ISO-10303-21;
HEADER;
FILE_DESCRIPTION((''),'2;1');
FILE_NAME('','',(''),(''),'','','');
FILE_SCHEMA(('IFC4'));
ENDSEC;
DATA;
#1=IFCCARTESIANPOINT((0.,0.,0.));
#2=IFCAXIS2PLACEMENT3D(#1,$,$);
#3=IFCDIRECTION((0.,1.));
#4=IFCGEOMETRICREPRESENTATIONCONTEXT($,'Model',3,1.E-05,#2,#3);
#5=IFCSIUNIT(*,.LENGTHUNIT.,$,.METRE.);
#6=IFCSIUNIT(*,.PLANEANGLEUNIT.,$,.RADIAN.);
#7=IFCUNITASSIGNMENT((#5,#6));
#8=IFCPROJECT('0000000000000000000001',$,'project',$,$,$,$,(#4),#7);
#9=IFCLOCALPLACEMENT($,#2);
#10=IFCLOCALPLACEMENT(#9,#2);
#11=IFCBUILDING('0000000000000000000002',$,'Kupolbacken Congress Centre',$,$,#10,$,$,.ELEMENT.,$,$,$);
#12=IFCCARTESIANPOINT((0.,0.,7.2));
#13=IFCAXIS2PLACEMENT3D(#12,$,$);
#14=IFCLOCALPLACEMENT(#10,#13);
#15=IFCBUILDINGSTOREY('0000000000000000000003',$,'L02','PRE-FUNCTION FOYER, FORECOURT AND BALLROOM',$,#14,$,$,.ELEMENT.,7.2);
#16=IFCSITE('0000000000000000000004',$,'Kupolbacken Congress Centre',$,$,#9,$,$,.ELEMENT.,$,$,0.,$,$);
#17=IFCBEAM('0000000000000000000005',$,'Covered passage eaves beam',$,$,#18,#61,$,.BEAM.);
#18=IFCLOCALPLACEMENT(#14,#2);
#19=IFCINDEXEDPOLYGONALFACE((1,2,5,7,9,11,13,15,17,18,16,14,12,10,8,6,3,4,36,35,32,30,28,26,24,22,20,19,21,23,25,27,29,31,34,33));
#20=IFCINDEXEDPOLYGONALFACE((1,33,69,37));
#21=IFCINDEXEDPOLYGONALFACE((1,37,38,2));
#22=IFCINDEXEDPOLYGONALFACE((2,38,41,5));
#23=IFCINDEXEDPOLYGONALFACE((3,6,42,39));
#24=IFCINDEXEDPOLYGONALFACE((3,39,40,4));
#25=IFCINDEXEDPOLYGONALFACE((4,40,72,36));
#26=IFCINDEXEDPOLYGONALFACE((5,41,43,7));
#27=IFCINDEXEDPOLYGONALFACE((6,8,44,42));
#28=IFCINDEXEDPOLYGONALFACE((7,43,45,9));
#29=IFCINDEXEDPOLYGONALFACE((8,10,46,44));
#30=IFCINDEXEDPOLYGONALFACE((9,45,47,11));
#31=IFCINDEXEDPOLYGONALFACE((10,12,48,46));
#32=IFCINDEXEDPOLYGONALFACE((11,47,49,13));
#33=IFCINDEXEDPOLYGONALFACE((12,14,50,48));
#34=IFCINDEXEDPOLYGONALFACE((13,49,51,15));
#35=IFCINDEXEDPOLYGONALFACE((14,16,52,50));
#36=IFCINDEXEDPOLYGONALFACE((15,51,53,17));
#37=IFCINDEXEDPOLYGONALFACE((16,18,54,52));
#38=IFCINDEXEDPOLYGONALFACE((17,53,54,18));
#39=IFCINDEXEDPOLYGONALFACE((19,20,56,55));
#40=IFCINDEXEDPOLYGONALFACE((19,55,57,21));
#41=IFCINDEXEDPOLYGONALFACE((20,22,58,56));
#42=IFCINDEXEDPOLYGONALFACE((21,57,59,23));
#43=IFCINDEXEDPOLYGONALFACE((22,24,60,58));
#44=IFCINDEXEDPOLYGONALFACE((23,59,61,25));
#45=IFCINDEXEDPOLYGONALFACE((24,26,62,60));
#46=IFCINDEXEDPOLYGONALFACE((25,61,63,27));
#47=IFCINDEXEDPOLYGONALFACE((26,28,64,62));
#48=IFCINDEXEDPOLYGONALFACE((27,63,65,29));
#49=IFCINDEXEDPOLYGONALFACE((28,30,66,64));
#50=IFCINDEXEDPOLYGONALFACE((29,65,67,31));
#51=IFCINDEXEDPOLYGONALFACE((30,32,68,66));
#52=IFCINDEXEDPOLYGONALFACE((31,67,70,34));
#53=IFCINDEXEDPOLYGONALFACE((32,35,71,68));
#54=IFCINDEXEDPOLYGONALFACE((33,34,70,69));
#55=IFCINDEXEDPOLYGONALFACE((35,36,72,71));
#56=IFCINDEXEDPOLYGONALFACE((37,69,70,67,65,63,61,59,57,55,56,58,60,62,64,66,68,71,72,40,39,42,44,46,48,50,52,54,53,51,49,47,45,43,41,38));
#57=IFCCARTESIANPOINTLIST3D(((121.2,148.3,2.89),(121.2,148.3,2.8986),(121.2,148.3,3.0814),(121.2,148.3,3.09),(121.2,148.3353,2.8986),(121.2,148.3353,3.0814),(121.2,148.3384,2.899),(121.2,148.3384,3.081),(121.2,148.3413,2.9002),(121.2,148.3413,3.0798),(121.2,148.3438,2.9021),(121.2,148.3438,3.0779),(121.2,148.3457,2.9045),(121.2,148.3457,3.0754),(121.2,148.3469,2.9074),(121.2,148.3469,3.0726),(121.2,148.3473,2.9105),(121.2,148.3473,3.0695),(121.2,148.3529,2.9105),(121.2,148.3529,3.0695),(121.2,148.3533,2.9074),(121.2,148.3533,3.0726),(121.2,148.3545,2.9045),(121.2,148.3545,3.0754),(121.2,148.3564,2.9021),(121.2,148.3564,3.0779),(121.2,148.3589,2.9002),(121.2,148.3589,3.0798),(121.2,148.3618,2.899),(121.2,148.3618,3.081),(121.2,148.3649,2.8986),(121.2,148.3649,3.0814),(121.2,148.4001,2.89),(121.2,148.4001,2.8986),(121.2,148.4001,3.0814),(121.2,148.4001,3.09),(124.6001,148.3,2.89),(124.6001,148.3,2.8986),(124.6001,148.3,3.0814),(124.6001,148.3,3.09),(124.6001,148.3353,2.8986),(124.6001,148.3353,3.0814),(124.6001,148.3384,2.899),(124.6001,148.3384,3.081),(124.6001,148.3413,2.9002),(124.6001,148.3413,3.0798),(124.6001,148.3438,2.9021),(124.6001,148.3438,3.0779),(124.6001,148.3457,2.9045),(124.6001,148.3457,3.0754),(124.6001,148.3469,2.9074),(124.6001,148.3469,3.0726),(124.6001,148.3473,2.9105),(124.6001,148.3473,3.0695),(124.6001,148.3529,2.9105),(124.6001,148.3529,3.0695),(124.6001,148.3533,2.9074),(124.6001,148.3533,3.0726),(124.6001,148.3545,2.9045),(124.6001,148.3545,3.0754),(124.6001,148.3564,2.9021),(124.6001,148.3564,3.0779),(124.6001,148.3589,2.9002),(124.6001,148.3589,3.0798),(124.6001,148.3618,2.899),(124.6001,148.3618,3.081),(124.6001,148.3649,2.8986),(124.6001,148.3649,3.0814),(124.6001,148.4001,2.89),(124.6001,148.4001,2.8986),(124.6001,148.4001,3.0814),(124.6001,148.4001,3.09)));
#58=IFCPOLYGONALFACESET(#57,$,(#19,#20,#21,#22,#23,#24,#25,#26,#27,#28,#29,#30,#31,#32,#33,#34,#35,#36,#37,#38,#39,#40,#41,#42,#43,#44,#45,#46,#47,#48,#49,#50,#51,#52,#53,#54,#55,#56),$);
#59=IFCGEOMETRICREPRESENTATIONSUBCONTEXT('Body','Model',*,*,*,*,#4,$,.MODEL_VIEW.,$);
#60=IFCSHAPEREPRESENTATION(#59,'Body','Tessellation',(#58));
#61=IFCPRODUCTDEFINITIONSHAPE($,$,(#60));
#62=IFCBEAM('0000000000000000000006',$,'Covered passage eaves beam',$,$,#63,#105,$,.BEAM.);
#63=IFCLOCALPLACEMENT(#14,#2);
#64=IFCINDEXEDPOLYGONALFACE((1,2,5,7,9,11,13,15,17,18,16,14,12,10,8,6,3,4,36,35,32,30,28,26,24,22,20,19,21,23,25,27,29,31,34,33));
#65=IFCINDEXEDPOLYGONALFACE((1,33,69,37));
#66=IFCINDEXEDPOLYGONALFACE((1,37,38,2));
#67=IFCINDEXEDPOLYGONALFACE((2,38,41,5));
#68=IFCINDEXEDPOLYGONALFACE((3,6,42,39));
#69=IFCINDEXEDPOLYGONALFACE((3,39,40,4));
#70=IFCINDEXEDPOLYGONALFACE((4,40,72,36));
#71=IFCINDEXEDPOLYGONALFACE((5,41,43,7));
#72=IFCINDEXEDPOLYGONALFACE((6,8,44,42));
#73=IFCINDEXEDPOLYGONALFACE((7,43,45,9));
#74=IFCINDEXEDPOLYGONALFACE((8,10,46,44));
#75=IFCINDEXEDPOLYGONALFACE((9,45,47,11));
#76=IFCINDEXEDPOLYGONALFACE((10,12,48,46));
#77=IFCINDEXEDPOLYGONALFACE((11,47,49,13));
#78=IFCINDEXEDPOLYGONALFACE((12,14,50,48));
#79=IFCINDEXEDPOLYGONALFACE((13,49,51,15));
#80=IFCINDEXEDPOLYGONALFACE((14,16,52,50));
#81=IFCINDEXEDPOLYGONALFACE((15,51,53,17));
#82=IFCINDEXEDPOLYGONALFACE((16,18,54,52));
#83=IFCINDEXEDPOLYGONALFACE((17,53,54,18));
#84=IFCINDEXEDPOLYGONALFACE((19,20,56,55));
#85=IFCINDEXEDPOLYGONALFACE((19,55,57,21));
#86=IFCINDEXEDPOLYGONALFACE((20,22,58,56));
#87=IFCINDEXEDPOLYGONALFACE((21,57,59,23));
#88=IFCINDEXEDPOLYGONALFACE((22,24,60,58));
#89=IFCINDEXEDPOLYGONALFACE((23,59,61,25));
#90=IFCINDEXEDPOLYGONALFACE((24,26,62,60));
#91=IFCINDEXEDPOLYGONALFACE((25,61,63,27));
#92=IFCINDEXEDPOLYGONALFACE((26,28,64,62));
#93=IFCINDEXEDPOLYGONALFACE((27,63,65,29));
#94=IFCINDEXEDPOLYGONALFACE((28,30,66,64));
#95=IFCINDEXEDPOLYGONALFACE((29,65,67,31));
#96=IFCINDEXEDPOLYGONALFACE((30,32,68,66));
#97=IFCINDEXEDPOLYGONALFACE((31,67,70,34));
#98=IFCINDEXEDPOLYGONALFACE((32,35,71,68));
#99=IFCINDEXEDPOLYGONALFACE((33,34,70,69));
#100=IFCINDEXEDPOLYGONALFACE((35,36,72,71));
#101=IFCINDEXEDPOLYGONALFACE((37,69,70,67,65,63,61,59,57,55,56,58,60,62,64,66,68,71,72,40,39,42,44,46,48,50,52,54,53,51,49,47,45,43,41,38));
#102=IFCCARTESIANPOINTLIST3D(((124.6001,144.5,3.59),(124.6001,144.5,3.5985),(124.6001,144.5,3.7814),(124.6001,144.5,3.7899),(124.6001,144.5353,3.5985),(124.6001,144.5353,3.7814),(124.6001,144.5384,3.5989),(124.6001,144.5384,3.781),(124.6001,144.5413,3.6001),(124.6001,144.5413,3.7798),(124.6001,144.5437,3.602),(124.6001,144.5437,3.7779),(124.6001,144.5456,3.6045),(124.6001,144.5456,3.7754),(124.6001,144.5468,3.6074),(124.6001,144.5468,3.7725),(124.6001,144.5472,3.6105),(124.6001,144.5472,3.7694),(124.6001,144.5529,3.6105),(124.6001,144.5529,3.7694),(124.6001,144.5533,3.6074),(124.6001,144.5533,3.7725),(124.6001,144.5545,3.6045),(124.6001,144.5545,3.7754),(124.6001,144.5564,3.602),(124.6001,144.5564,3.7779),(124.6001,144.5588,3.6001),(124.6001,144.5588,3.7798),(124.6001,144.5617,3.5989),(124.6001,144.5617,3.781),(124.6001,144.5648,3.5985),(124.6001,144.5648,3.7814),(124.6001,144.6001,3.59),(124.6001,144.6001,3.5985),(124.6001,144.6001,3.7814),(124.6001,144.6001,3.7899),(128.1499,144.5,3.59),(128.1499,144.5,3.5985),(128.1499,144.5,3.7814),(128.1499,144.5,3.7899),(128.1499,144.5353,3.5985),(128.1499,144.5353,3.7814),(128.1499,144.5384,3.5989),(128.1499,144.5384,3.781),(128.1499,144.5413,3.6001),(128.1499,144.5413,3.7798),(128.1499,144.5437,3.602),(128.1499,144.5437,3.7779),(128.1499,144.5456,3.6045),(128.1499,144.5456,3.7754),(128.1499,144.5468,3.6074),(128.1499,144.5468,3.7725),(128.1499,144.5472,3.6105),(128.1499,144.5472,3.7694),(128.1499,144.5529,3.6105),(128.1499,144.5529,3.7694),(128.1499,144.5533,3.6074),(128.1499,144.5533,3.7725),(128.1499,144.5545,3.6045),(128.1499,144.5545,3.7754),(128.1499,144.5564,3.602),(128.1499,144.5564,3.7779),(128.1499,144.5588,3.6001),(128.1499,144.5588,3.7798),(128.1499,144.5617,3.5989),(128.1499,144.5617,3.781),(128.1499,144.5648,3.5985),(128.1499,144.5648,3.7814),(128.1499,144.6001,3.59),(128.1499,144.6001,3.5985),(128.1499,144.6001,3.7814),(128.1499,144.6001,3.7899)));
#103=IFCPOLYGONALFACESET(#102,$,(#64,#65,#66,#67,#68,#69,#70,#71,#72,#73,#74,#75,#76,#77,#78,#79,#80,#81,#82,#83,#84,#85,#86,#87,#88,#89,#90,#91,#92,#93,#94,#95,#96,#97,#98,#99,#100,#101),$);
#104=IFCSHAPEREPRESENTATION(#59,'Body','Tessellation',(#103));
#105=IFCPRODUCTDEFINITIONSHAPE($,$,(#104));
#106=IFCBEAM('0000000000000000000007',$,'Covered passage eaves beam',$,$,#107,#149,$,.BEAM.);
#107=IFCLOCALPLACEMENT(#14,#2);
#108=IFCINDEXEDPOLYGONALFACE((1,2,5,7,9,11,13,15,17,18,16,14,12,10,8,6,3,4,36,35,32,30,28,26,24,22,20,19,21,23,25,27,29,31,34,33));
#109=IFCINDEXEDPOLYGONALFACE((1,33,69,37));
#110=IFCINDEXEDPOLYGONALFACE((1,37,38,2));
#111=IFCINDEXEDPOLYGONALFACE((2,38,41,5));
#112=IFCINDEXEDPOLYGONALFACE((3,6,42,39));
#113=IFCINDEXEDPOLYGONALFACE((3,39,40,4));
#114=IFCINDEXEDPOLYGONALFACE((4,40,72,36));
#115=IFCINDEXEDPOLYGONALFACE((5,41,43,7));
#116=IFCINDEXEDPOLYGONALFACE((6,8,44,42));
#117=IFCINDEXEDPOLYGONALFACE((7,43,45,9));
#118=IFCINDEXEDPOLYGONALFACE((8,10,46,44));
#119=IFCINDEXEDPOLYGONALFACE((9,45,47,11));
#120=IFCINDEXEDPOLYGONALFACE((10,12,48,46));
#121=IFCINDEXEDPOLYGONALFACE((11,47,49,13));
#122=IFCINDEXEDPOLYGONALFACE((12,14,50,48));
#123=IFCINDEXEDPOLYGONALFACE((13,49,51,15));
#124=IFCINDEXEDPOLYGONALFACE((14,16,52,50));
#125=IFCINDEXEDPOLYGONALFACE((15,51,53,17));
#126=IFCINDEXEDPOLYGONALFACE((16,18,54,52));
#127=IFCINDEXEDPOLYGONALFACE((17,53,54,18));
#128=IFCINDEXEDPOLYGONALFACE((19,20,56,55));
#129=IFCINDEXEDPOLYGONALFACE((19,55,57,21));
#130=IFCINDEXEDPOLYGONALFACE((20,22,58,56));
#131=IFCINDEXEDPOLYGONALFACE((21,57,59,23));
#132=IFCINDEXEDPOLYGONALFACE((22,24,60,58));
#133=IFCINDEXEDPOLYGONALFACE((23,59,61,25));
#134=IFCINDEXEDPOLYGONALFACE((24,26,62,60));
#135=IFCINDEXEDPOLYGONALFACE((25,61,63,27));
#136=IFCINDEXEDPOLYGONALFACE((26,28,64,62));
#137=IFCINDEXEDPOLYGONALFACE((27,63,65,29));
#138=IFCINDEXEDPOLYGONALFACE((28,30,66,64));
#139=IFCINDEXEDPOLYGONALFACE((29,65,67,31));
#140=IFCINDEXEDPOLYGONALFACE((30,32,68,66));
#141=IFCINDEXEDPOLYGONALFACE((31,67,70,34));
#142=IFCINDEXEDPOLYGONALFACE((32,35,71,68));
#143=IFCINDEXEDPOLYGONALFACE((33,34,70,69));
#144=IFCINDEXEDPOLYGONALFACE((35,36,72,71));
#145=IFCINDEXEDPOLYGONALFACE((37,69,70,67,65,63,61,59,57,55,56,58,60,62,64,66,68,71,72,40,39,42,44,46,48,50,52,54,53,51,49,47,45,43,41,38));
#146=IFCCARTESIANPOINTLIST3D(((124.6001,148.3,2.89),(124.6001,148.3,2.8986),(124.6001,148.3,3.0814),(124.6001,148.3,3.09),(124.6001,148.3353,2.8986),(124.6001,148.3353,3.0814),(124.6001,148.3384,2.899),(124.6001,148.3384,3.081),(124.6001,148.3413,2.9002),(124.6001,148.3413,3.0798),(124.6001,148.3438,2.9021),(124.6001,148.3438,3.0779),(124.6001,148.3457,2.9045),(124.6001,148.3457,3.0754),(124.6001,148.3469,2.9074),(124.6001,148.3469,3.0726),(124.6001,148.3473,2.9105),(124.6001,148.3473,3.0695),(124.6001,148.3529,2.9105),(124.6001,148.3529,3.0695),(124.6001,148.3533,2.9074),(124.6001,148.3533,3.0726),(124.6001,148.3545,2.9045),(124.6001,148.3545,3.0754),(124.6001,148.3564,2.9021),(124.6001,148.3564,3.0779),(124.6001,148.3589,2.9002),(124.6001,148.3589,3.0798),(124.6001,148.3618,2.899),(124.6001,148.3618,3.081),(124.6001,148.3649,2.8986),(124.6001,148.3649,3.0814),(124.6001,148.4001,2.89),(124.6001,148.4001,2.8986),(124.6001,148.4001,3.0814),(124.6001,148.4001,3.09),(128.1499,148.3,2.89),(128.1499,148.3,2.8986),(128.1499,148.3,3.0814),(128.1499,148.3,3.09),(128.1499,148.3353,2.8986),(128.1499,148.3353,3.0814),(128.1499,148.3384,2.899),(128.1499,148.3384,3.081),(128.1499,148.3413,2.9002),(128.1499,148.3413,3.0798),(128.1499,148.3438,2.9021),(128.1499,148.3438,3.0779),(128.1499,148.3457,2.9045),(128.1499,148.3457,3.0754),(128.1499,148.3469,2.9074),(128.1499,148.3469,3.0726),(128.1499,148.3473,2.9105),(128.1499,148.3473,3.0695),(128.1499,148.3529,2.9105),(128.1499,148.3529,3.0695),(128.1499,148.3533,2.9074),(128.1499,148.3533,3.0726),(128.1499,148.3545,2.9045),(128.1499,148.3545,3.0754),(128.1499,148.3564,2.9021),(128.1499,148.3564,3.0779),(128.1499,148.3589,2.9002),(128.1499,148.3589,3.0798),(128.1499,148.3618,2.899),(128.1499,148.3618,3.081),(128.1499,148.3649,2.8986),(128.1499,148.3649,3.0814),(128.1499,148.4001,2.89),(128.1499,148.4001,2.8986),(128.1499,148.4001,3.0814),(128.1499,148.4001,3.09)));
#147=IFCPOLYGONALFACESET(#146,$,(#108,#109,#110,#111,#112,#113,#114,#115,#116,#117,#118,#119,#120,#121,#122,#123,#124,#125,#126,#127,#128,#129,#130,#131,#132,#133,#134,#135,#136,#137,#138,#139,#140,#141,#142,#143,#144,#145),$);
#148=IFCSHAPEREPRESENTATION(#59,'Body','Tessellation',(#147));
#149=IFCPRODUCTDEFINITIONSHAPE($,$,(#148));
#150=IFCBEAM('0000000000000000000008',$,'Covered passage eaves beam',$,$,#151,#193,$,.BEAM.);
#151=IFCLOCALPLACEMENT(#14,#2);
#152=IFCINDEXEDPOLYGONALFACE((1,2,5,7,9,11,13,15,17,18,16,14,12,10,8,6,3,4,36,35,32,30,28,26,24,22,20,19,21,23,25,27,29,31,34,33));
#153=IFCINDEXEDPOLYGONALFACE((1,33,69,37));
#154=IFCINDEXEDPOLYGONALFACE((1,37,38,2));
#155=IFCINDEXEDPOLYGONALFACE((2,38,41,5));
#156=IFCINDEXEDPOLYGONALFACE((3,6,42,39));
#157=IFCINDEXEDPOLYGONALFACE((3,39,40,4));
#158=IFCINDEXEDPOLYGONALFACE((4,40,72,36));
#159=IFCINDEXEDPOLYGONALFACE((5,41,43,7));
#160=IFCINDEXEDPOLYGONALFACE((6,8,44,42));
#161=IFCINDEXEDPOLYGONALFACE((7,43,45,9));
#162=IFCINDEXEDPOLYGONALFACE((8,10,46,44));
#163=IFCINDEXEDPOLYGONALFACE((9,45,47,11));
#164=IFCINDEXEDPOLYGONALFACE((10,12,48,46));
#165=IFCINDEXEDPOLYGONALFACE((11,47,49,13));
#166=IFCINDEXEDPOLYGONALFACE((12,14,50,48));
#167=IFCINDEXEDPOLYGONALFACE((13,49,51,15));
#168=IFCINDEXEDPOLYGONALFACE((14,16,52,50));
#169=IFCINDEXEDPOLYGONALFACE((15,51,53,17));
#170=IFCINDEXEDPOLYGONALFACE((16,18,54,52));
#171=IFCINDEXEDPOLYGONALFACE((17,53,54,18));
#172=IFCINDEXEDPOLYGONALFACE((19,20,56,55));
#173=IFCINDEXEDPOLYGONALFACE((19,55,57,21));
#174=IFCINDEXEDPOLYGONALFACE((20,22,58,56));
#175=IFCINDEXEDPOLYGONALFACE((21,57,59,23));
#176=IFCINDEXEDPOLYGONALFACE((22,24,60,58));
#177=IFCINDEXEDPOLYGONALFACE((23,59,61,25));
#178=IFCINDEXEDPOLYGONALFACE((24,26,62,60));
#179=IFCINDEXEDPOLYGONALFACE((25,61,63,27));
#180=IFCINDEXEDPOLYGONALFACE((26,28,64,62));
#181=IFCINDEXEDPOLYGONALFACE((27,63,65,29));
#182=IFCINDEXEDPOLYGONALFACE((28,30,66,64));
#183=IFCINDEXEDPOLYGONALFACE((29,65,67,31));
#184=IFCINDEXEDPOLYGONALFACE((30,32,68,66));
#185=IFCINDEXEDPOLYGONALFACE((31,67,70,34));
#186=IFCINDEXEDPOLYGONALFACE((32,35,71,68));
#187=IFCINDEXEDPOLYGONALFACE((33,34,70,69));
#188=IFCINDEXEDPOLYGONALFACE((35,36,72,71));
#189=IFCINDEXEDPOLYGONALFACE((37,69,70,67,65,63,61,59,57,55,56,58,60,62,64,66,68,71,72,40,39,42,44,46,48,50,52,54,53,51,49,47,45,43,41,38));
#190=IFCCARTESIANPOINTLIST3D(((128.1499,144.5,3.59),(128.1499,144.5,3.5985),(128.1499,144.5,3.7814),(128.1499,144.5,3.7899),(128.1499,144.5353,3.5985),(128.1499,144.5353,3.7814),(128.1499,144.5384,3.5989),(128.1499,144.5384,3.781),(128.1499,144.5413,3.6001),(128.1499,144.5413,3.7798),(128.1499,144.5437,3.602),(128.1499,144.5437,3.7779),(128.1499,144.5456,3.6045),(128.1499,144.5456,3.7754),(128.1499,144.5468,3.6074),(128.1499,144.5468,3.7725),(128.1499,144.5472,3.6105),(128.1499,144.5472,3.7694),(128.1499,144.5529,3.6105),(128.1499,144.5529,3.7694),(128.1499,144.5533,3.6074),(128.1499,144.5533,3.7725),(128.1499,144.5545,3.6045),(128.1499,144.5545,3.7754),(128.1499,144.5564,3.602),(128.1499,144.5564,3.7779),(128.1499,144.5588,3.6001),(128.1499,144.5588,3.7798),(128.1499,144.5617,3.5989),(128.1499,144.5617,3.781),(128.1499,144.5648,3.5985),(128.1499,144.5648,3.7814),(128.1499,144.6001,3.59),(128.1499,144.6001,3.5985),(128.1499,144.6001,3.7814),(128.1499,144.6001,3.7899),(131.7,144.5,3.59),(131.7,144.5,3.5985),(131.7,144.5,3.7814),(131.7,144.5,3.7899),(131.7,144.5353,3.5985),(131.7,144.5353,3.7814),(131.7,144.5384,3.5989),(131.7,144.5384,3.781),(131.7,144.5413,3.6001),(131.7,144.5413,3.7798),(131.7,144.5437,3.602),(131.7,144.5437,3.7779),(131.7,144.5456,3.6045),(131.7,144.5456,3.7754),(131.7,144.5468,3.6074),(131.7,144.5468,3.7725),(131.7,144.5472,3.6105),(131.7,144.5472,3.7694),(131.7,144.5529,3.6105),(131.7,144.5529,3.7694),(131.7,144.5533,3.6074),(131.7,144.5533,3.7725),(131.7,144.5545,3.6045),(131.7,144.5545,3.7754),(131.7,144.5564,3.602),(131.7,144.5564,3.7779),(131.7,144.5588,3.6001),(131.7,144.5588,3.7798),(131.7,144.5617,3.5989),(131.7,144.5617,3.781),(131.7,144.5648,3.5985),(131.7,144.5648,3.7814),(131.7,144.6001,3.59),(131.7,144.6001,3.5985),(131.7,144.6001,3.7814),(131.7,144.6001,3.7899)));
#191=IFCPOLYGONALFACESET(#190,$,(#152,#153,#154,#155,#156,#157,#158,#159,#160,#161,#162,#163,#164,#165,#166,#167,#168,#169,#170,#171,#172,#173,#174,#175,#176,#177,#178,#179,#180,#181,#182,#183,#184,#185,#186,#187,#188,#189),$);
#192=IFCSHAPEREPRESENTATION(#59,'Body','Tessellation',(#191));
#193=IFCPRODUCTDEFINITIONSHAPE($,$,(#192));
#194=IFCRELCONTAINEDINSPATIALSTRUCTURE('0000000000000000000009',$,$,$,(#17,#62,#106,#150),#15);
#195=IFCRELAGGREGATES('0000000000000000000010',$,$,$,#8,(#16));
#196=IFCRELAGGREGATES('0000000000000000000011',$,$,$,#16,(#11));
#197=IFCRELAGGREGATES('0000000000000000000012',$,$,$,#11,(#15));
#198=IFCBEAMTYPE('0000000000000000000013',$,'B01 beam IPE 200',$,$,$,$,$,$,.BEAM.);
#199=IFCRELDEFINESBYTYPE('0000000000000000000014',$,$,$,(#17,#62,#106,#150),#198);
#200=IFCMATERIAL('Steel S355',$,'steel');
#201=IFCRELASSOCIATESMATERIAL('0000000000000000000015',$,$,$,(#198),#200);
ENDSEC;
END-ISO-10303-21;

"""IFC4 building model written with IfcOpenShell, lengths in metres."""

from ifc_helpers import new_model, si_unit, direction, frame, origin, origin_2d, place, context, subcontext, project, spatial, i_section, extrude, material, material_profile, profile_set, type_object, element, save


model = new_model("IFC4")

# Units and contexts
model_context = context("Model", 3, precision=1e-05, world=origin(), true_north=direction((0.0, 1.0)))
body_context = subcontext(model_context, "Body", "Model", "MODEL_VIEW")
ifc_project = project(units=[si_unit("LENGTHUNIT", "METRE"), si_unit("PLANEANGLEUNIT", "RADIAN")], contexts=[model_context])

# Site, building, storey
site_placement = place(None, origin())
site = spatial("IfcSite", under=ifc_project, at=site_placement, Name="Kupolbacken Congress Centre", CompositionType="ELEMENT", RefElevation=0.0)
building_placement = place(site_placement, origin())
building = spatial("IfcBuilding", under=site, at=building_placement, Name="Kupolbacken Congress Centre", CompositionType="ELEMENT")
storey_placement = place(building_placement, frame((0.0, 0.0, 7.2)))
storey = spatial("IfcBuildingStorey", under=building, at=storey_placement, Name="L02", Description="PRE-FUNCTION FOYER, FORECOURT AND BALLROOM", CompositionType="ELEMENT", Elevation=7.2)

# Beams
ifc_material_1 = material(Name="Steel S355", Category="steel")
ifc_material_profile_1 = material_profile(ifc_material_1, i_section(OverallWidth=0.1001, OverallDepth=0.2, WebThickness=0.0056, FlangeThickness=0.0085, FilletRadius=0.012, at=origin_2d()), Name="IPE 200")
ifc_profile_set_1 = profile_set([ifc_material_profile_1], Name="Steel S355")
beam_type_1 = type_object("IfcBeamType", Name="B01 beam IPE 200", PredefinedType="BEAM", material=ifc_profile_set_1)
for number, where, z_axis, x_axis, name in (
    (1, (121.2, 148.3501, 2.99), (1.0, 0.0, 0.0), (0.0, 1.0, 0.0), "Covered passage eaves beam"),
):
    element("IfcBeam", number, at=place(storey_placement, frame(where, z_axis=z_axis, x_axis=x_axis)), inside=storey, type_object=beam_type_1, Name=name, PredefinedType="BEAM", context=body_context, shape_type="SweptSolid", body=[
        extrude(i_section(OverallWidth=0.1001, OverallDepth=0.2, WebThickness=0.0056, FlangeThickness=0.0085, FilletRadius=0.012, at=origin_2d()), origin(), (0.0, 0.0, 1.0), 3.4001),
    ])
for number, where, z_axis, x_axis, name in (
    (2, (124.6001, 144.55, 3.6899), (1.0, 0.0, 0.0), (0.0, 1.0, 0.0), "Covered passage eaves beam"),
    (3, (124.6001, 148.3501, 2.99), (1.0, 0.0, 0.0), (0.0, 1.0, 0.0), "Covered passage eaves beam"),
):
    element("IfcBeam", number, at=place(storey_placement, frame(where, z_axis=z_axis, x_axis=x_axis)), inside=storey, type_object=beam_type_1, Name=name, PredefinedType="BEAM", context=body_context, shape_type="SweptSolid", body=[
        extrude(i_section(OverallWidth=0.1001, OverallDepth=0.2, WebThickness=0.0056, FlangeThickness=0.0085, FilletRadius=0.012, at=origin_2d()), origin(), (0.0, 0.0, 1.0), 3.5498),
    ])
for number, where, z_axis, x_axis, name in (
    (4, (128.1499, 144.55, 3.6899), (1.0, 0.0, 0.0), (0.0, 1.0, 0.0), "Covered passage eaves beam"),
):
    element("IfcBeam", number, at=place(storey_placement, frame(where, z_axis=z_axis, x_axis=x_axis)), inside=storey, type_object=beam_type_1, Name=name, PredefinedType="BEAM", context=body_context, shape_type="SweptSolid", body=[
        extrude(i_section(OverallWidth=0.1001, OverallDepth=0.2, WebThickness=0.0056, FlangeThickness=0.0085, FilletRadius=0.012, at=origin_2d()), origin(), (0.0, 0.0, 1.0), 3.55),
    ])

save(model, "model.ifc")
